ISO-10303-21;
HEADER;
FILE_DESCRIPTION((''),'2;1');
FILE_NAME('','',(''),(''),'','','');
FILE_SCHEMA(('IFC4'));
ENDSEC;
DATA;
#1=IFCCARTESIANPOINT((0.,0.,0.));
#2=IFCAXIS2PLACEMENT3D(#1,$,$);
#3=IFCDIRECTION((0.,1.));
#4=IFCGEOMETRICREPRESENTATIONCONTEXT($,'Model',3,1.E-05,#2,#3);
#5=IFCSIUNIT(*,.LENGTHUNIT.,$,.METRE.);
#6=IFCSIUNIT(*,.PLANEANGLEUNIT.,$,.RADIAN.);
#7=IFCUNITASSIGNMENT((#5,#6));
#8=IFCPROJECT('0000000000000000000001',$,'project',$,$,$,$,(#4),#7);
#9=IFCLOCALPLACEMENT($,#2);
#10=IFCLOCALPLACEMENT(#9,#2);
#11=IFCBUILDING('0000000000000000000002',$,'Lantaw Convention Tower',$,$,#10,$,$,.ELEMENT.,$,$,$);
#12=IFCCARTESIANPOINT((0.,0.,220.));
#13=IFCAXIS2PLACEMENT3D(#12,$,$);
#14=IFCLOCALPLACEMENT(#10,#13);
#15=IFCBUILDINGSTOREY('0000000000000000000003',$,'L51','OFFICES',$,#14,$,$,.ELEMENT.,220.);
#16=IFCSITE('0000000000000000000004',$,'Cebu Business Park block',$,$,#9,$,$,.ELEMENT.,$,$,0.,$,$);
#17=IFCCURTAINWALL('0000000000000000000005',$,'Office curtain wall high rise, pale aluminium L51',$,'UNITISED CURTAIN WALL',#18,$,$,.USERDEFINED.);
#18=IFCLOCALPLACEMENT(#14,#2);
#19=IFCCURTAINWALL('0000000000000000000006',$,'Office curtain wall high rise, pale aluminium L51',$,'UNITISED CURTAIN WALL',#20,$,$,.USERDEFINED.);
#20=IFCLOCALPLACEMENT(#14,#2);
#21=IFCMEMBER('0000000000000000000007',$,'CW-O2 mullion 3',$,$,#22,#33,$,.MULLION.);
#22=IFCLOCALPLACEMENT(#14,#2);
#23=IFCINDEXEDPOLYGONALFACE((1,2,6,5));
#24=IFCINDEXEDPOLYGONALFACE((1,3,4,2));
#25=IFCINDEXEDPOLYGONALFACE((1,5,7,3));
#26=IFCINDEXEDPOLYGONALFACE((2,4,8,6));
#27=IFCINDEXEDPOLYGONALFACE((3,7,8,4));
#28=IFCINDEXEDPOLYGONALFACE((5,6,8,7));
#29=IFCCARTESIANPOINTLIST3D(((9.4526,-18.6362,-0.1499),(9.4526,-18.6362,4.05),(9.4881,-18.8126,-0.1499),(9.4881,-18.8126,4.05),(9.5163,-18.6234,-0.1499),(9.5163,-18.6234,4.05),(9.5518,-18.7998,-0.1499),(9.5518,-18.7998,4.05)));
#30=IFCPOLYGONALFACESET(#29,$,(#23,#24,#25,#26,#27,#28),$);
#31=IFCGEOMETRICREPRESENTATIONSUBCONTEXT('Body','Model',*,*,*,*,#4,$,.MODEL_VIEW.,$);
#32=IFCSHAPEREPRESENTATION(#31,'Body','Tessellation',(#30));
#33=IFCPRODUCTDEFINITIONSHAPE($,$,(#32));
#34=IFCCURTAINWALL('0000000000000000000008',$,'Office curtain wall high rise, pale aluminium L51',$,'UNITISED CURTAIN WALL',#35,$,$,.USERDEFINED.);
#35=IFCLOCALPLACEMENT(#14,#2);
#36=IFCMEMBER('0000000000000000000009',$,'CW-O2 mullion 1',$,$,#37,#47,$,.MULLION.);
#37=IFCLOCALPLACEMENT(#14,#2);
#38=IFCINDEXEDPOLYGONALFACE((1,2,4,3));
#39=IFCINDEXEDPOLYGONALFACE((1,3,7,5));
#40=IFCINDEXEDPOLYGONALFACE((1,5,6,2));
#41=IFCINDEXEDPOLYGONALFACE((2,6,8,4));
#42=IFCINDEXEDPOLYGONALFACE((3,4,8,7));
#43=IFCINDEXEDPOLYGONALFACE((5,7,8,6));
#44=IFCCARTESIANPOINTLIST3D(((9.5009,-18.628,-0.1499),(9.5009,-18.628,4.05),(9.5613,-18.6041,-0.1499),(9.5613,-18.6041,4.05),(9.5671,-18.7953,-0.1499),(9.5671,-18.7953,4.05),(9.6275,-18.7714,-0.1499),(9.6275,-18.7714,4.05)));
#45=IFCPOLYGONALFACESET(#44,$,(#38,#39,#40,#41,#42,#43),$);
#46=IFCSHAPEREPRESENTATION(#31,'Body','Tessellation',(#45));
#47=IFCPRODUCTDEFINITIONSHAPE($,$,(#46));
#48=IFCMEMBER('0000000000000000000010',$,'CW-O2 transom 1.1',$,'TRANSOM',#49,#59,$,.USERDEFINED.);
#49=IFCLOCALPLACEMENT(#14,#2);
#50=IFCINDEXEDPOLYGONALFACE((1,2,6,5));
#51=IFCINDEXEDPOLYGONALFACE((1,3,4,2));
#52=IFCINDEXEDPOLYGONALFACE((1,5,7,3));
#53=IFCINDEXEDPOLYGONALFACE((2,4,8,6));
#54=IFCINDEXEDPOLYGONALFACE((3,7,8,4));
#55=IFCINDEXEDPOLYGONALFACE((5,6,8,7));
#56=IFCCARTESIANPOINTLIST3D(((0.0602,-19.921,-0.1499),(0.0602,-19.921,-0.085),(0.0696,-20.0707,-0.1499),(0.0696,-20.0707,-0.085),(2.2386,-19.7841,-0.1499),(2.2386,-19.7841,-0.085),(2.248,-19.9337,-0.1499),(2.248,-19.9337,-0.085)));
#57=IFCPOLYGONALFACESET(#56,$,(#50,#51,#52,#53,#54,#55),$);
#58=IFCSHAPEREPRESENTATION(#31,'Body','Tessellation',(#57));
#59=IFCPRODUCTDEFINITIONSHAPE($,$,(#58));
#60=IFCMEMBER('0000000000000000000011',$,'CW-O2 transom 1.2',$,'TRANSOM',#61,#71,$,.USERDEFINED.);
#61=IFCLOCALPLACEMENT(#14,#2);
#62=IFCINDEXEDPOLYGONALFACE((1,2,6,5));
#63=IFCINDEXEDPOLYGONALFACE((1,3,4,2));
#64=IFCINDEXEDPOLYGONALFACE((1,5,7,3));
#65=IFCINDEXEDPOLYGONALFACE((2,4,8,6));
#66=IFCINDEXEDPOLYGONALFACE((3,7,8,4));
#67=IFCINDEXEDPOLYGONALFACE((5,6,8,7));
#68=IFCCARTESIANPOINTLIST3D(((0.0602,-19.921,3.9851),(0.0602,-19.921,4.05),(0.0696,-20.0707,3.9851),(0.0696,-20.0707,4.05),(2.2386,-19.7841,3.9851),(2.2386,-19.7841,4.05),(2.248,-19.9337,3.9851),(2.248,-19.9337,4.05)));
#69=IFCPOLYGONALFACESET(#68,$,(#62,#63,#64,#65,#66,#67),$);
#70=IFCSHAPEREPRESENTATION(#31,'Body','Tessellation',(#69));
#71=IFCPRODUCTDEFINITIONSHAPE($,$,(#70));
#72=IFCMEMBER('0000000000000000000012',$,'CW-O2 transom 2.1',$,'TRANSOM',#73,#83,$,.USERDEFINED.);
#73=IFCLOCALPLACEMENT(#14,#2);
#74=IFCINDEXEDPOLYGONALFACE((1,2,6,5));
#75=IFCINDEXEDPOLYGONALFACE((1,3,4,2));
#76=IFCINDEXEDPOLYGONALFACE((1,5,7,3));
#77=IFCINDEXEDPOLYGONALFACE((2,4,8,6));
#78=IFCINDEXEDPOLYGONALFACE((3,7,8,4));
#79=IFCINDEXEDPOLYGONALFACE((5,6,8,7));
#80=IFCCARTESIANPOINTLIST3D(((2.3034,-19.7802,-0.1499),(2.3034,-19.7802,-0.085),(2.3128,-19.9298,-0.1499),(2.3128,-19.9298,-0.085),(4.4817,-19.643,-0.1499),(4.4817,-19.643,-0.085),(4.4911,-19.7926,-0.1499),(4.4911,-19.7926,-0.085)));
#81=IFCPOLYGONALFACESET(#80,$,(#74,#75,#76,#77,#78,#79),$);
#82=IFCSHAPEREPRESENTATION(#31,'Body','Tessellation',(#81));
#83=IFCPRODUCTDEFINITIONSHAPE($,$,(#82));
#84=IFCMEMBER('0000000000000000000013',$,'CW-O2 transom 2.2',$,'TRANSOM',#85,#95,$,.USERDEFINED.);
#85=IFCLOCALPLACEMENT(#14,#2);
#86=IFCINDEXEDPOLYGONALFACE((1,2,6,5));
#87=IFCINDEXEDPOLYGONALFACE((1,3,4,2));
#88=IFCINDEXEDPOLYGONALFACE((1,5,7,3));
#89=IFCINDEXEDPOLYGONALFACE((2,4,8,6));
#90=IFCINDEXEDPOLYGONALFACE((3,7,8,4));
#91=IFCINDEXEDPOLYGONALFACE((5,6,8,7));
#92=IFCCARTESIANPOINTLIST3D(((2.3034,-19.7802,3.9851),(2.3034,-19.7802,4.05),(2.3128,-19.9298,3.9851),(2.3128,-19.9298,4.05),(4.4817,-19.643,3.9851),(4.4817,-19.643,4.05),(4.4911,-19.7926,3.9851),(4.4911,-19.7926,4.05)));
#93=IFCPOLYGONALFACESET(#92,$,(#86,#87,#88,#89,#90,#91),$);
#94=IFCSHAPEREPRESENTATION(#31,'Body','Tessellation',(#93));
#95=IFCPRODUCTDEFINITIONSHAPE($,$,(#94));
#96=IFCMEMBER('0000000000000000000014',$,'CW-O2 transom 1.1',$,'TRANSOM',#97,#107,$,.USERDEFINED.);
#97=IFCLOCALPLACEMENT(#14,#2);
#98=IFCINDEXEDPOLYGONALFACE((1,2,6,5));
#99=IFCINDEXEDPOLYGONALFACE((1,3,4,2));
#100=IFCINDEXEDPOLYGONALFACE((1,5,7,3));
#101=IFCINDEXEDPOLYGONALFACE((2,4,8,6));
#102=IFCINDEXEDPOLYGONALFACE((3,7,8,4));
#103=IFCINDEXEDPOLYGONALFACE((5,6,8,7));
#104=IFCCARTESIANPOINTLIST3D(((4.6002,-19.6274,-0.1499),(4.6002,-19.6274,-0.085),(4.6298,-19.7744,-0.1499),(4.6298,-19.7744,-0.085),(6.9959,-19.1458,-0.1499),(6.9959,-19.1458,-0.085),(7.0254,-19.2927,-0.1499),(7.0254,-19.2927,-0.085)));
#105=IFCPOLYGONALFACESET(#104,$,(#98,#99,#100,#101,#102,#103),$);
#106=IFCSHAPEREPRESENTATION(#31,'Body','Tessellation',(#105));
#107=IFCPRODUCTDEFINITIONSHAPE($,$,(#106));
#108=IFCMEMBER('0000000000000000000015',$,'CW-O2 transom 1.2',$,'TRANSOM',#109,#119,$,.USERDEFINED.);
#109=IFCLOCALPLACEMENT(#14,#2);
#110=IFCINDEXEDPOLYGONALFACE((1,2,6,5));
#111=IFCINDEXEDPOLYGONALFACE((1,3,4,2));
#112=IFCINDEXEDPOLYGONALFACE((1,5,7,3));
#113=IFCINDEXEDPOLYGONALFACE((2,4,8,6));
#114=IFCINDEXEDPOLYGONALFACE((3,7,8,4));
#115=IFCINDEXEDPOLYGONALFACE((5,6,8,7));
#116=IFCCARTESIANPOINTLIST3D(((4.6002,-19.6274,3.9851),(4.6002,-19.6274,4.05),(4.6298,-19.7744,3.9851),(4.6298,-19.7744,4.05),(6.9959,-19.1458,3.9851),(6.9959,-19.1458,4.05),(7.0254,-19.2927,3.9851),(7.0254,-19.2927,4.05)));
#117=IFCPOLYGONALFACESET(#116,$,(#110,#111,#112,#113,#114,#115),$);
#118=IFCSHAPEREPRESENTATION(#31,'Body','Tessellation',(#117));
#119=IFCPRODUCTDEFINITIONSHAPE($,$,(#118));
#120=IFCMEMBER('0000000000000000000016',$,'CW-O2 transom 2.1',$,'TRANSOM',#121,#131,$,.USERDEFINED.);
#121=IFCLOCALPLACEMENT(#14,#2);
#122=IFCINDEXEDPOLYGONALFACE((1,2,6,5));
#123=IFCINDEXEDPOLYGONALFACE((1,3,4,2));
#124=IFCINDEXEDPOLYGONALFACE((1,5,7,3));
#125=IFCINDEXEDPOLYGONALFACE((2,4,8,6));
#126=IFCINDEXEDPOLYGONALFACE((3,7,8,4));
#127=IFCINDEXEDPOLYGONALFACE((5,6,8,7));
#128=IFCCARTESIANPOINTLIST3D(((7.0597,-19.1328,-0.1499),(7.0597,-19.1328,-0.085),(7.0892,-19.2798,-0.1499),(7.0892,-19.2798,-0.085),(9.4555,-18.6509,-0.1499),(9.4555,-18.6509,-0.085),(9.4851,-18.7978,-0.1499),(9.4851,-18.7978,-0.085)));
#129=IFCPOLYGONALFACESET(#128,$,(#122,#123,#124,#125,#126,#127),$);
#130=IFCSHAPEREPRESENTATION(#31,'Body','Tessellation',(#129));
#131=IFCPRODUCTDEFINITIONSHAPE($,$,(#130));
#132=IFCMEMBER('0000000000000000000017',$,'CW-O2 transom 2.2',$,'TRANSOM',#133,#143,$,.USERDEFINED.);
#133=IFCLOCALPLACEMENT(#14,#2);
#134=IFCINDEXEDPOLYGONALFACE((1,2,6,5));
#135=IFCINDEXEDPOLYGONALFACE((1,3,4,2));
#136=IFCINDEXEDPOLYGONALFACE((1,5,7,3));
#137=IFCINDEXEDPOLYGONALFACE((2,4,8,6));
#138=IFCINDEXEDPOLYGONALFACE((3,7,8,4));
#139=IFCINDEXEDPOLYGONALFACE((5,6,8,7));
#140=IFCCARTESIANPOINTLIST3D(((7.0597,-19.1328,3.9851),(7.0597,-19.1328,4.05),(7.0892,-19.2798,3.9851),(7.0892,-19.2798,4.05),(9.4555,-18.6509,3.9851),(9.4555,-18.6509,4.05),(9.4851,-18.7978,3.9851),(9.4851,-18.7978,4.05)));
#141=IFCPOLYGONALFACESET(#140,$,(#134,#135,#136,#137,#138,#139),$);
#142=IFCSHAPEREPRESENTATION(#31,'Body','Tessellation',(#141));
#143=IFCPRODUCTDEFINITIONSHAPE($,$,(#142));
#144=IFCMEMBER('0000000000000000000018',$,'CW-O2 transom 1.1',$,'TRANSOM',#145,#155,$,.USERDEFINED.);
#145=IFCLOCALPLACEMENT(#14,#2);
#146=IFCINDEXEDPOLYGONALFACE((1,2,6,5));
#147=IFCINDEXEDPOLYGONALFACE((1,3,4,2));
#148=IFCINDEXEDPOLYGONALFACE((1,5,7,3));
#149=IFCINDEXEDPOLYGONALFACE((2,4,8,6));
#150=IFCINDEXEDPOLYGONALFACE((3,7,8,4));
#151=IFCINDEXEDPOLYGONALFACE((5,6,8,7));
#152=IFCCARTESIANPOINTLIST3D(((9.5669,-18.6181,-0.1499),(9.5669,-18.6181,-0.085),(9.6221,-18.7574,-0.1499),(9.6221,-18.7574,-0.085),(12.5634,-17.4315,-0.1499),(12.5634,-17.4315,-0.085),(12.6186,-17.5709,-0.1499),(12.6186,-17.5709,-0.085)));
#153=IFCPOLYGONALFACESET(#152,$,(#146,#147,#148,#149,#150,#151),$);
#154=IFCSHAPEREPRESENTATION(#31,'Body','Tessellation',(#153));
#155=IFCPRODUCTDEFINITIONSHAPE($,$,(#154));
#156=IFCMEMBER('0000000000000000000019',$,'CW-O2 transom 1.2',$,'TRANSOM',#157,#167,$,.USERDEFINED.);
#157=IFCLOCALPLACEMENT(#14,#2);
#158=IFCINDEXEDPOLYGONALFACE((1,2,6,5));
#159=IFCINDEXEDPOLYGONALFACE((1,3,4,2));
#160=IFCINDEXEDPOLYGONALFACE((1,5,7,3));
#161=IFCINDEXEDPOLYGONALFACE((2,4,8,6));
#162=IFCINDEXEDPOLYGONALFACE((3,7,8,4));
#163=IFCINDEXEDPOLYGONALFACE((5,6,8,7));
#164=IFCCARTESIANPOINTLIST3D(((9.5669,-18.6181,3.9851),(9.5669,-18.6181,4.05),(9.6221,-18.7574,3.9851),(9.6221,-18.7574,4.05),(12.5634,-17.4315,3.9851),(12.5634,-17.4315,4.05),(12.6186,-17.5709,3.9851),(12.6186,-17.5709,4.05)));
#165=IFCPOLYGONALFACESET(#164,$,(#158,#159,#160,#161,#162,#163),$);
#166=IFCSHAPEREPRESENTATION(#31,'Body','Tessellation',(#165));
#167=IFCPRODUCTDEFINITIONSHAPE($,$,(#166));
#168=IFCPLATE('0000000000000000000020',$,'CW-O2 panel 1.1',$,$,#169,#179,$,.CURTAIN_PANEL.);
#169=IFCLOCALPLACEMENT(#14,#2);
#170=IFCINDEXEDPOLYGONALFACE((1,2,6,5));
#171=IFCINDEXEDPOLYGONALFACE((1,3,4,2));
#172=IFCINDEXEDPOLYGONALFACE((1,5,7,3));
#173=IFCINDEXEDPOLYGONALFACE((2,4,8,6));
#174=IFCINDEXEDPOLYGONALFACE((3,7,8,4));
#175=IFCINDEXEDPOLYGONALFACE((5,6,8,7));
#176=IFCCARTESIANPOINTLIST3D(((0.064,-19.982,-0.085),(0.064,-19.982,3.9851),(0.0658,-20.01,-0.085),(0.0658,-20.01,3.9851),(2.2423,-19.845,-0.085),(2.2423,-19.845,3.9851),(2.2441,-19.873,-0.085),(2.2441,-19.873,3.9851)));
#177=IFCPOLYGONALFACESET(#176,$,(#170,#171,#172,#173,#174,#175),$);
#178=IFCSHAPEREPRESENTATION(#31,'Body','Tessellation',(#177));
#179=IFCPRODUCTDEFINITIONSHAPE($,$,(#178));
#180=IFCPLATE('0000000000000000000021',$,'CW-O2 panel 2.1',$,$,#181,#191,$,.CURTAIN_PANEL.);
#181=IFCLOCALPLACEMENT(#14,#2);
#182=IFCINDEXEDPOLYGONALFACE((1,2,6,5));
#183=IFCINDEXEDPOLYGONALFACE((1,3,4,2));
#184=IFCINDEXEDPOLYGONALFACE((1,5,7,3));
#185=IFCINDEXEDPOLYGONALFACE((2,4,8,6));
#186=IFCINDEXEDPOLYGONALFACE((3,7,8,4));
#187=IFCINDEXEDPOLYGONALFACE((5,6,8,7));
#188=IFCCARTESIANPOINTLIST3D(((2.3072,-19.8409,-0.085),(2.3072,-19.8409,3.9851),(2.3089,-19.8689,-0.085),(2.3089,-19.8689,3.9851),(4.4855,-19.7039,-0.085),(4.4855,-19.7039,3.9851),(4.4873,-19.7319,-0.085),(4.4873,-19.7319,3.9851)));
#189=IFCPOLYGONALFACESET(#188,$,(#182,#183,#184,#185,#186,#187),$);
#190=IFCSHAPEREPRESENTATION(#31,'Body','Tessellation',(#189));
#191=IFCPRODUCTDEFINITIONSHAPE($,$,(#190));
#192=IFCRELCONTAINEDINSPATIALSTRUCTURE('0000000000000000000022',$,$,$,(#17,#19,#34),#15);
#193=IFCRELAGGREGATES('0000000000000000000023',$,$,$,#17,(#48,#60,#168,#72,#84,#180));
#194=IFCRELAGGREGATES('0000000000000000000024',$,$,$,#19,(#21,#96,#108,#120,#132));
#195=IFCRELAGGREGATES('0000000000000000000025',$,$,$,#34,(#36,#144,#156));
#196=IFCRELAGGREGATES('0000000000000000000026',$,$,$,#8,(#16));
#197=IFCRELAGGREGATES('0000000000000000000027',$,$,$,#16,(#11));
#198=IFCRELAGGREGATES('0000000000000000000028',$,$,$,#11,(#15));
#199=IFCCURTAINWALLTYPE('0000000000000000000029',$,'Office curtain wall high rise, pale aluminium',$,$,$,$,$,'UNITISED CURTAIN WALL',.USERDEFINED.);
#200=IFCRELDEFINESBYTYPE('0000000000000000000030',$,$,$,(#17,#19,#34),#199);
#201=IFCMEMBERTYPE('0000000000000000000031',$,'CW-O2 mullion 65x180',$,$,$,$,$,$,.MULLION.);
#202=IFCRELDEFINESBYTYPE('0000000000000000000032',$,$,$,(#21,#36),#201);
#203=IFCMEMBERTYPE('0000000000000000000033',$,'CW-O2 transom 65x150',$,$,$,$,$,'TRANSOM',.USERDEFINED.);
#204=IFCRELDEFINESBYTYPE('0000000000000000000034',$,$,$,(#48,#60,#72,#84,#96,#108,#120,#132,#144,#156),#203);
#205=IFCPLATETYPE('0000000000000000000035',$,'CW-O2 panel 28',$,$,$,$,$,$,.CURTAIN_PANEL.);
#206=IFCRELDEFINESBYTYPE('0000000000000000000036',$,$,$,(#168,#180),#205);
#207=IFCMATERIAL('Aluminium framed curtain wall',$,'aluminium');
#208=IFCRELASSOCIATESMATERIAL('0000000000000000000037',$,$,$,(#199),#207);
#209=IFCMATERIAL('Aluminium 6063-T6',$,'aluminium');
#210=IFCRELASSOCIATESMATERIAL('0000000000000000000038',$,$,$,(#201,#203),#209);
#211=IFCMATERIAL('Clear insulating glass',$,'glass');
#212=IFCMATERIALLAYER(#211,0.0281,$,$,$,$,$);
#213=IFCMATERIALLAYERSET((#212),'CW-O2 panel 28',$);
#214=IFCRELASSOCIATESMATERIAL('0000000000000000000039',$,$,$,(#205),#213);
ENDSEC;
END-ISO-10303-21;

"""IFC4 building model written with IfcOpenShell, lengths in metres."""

from ifc_helpers import new_model, si_unit, direction, frame, origin, origin_2d, place, context, subcontext, project, spatial, rectangle, extrude, material, layer, layer_set, material_profile, profile_set, type_object, element, aggregate, save


model = new_model("IFC4")

# Units and contexts
model_context = context("Model", 3, precision=1e-05, world=origin(), true_north=direction((0.0, 1.0)))
body_context = subcontext(model_context, "Body", "Model", "MODEL_VIEW")
ifc_project = project(units=[si_unit("LENGTHUNIT", "METRE"), si_unit("PLANEANGLEUNIT", "RADIAN")], contexts=[model_context])

# Site, building, storey
site_placement = place(None, origin())
site = spatial("IfcSite", under=ifc_project, at=site_placement, Name="Cebu Business Park block", CompositionType="ELEMENT", RefElevation=0.0)
building_placement = place(site_placement, origin())
building = spatial("IfcBuilding", under=site, at=building_placement, Name="Lantaw Convention Tower", CompositionType="ELEMENT")
storey_placement = place(building_placement, frame((0.0, 0.0, 220.0)))
storey = spatial("IfcBuildingStorey", under=building, at=storey_placement, Name="L51", Description="OFFICES", CompositionType="ELEMENT", Elevation=220.0)

# Curtain walls, member
ifc_material_1 = material(Name="Aluminium framed curtain wall", Category="aluminium")
curtain_wall_type = type_object("IfcCurtainWallType", Name="Office curtain wall high rise, pale aluminium", ElementType="UNITISED CURTAIN WALL", PredefinedType="USERDEFINED", material=ifc_material_1)
curtain_wall_1_placement = place(storey_placement, origin())
curtain_wall_1 = element("IfcCurtainWall", 1, at=curtain_wall_1_placement, inside=storey, type_object=curtain_wall_type, Name="Office curtain wall high rise, pale aluminium L51", ObjectType="UNITISED CURTAIN WALL", PredefinedType="USERDEFINED")
ifc_material_2 = material(Name="Aluminium 6063-T6", Category="aluminium")
ifc_material_profile_1 = material_profile(ifc_material_2, rectangle(XDim=0.1799, YDim=0.0649, at=origin_2d()), Name="CW-O2 mullion 65x180")
ifc_profile_set_1 = profile_set([ifc_material_profile_1], Name="Aluminium 6063-T6")
member_type_1 = type_object("IfcMemberType", Name="CW-O2 mullion 65x180", PredefinedType="MULLION", material=ifc_profile_set_1)
curtain_wall_2_placement = place(storey_placement, origin())
curtain_wall_2 = element("IfcCurtainWall", 2, at=curtain_wall_2_placement, inside=storey, type_object=curtain_wall_type, Name="Office curtain wall high rise, pale aluminium L51", ObjectType="UNITISED CURTAIN WALL", PredefinedType="USERDEFINED")
member_1_placement = place(storey_placement, frame((9.5022, -18.718, -0.1499), z_axis=(0.0, 0.0, 1.0), x_axis=(-0.197183, 0.980367, 0.0)))
member_1 = element("IfcMember", 3, at=member_1_placement, type_object=member_type_1, Name="CW-O2 mullion 3", PredefinedType="MULLION", context=body_context, shape_type="SweptSolid", body=[
    extrude(rectangle(XDim=0.1799, YDim=0.0649, at=origin_2d()), origin(), (0.0, 0.0, 1.0), 4.2),
])

# Curtain wall, member
curtain_wall_3_placement = place(storey_placement, origin())
curtain_wall_3 = element("IfcCurtainWall", 4, at=curtain_wall_3_placement, inside=storey, type_object=curtain_wall_type, Name="Office curtain wall high rise, pale aluminium L51", ObjectType="UNITISED CURTAIN WALL", PredefinedType="USERDEFINED")
member_2_placement = place(storey_placement, frame((9.5642, -18.6997, -0.1499), z_axis=(0.0, 0.0, 1.0), x_axis=(-0.368162, 0.929762, 0.0)))
member_2 = element("IfcMember", 5, at=member_2_placement, type_object=member_type_1, Name="CW-O2 mullion 1", PredefinedType="MULLION", context=body_context, shape_type="SweptSolid", body=[
    extrude(rectangle(XDim=0.1799, YDim=0.0649, at=origin_2d()), origin(), (0.0, 0.0, 1.0), 4.2),
])

# Members
ifc_material_profile_2 = material_profile(ifc_material_2, rectangle(XDim=0.1499, YDim=0.0649, at=origin_2d()), Name="CW-O2 transom 65x150")
ifc_profile_set_2 = profile_set([ifc_material_profile_2], Name="Aluminium 6063-T6")
member_type_2 = type_object("IfcMemberType", Name="CW-O2 transom 65x150", ElementType="TRANSOM", PredefinedType="USERDEFINED", material=ifc_profile_set_2)
member_3_placement = place(storey_placement, frame((0.0649, -19.9958, -0.1174), z_axis=(0.998029, 0.062754, 0.0), x_axis=(-0.062754, 0.998029, 0.0)))
member_3 = element("IfcMember", 6, at=member_3_placement, type_object=member_type_2, Name="CW-O2 transom 1.1", ObjectType="TRANSOM", PredefinedType="USERDEFINED", context=body_context, shape_type="SweptSolid", body=[
    extrude(rectangle(XDim=0.1499, YDim=0.0649, at=origin_2d()), origin(), (0.0, 0.0, 1.0), 2.1826),
])
member_4_placement = place(storey_placement, frame((0.0649, -19.9958, 4.0176), z_axis=(0.998029, 0.062754, 0.0), x_axis=(-0.062754, 0.998029, 0.0)))
member_4 = element("IfcMember", 7, at=member_4_placement, type_object=member_type_2, Name="CW-O2 transom 1.2", ObjectType="TRANSOM", PredefinedType="USERDEFINED", context=body_context, shape_type="SweptSolid", body=[
    extrude(rectangle(XDim=0.1499, YDim=0.0649, at=origin_2d()), origin(), (0.0, 0.0, 1.0), 2.1826),
])
member_5_placement = place(storey_placement, frame((2.3081, -19.855, -0.1174), z_axis=(0.998022, 0.062866, 0.0), x_axis=(-0.062866, 0.998022, 0.0)))
member_5 = element("IfcMember", 8, at=member_5_placement, type_object=member_type_2, Name="CW-O2 transom 2.1", ObjectType="TRANSOM", PredefinedType="USERDEFINED", context=body_context, shape_type="SweptSolid", body=[
    extrude(rectangle(XDim=0.1499, YDim=0.0649, at=origin_2d()), origin(), (0.0, 0.0, 1.0), 2.1826),
])
member_6_placement = place(storey_placement, frame((2.3081, -19.855, 4.0176), z_axis=(0.998022, 0.062866, 0.0), x_axis=(-0.062866, 0.998022, 0.0)))
member_6 = element("IfcMember", 9, at=member_6_placement, type_object=member_type_2, Name="CW-O2 transom 2.2", ObjectType="TRANSOM", PredefinedType="USERDEFINED", context=body_context, shape_type="SweptSolid", body=[
    extrude(rectangle(XDim=0.1499, YDim=0.0649, at=origin_2d()), origin(), (0.0, 0.0, 1.0), 2.1826),
])
member_7_placement = place(storey_placement, frame((4.615, -19.7009, -0.1174), z_axis=(0.98038, 0.197115, 0.0), x_axis=(-0.197115, 0.98038, 0.0)))
member_7 = element("IfcMember", 10, at=member_7_placement, type_object=member_type_2, Name="CW-O2 transom 1.1", ObjectType="TRANSOM", PredefinedType="USERDEFINED", context=body_context, shape_type="SweptSolid", body=[
    extrude(rectangle(XDim=0.1499, YDim=0.0649, at=origin_2d()), origin(), (0.0, 0.0, 1.0), 2.4436),
])
member_8_placement = place(storey_placement, frame((4.615, -19.7009, 4.0176), z_axis=(0.98038, 0.197115, 0.0), x_axis=(-0.197115, 0.98038, 0.0)))
member_8 = element("IfcMember", 11, at=member_8_placement, type_object=member_type_2, Name="CW-O2 transom 1.2", ObjectType="TRANSOM", PredefinedType="USERDEFINED", context=body_context, shape_type="SweptSolid", body=[
    extrude(rectangle(XDim=0.1499, YDim=0.0649, at=origin_2d()), origin(), (0.0, 0.0, 1.0), 2.4436),
])
member_9_placement = place(storey_placement, frame((7.0745, -19.2063, -0.1174), z_axis=(0.980361, 0.197211, 0.0), x_axis=(-0.197211, 0.980361, 0.0)))
member_9 = element("IfcMember", 12, at=member_9_placement, type_object=member_type_2, Name="CW-O2 transom 2.1", ObjectType="TRANSOM", PredefinedType="USERDEFINED", context=body_context, shape_type="SweptSolid", body=[
    extrude(rectangle(XDim=0.1499, YDim=0.0649, at=origin_2d()), origin(), (0.0, 0.0, 1.0), 2.4438),
])
member_10_placement = place(storey_placement, frame((7.0745, -19.2063, 4.0176), z_axis=(0.980361, 0.197211, 0.0), x_axis=(-0.197211, 0.980361, 0.0)))
member_10 = element("IfcMember", 13, at=member_10_placement, type_object=member_type_2, Name="CW-O2 transom 2.2", ObjectType="TRANSOM", PredefinedType="USERDEFINED", context=body_context, shape_type="SweptSolid", body=[
    extrude(rectangle(XDim=0.1499, YDim=0.0649, at=origin_2d()), origin(), (0.0, 0.0, 1.0), 2.4438),
])
member_11_placement = place(storey_placement, frame((9.5945, -18.6877, -0.1174), z_axis=(0.929767, 0.368149, 0.0), x_axis=(-0.368149, 0.929767, 0.0)))
member_11 = element("IfcMember", 14, at=member_11_placement, type_object=member_type_2, Name="CW-O2 transom 1.1", ObjectType="TRANSOM", PredefinedType="USERDEFINED", context=body_context, shape_type="SweptSolid", body=[
    extrude(rectangle(XDim=0.1499, YDim=0.0649, at=origin_2d()), origin(), (0.0, 0.0, 1.0), 3.2229),
])
member_12_placement = place(storey_placement, frame((9.5945, -18.6877, 4.0176), z_axis=(0.929767, 0.368149, 0.0), x_axis=(-0.368149, 0.929767, 0.0)))
member_12 = element("IfcMember", 15, at=member_12_placement, type_object=member_type_2, Name="CW-O2 transom 1.2", ObjectType="TRANSOM", PredefinedType="USERDEFINED", context=body_context, shape_type="SweptSolid", body=[
    extrude(rectangle(XDim=0.1499, YDim=0.0649, at=origin_2d()), origin(), (0.0, 0.0, 1.0), 3.2229),
])

# Plates
ifc_material_3 = material(Name="Clear insulating glass", Category="glass")
ifc_layer_1 = layer(ifc_material_3, 0.0281)
ifc_layer_set_1 = layer_set([ifc_layer_1], Name="CW-O2 panel 28")
plate_type_1 = type_object("IfcPlateType", Name="CW-O2 panel 28", PredefinedType="CURTAIN_PANEL", material=ifc_layer_set_1)
plate_1_placement = place(storey_placement, frame((1.1541, -19.9275, -0.085), z_axis=(0.0, 0.0, 1.0), x_axis=(0.998029, 0.062758, 0.0)))
plate_1 = element("IfcPlate", 16, at=plate_1_placement, type_object=plate_type_1, Name="CW-O2 panel 1.1", PredefinedType="CURTAIN_PANEL", context=body_context, shape_type="SweptSolid", body=[
    extrude(rectangle(XDim=2.1826, YDim=0.0281, at=origin_2d()), origin(), (0.0, 0.0, 1.0), 4.0701),
])
plate_2_placement = place(storey_placement, frame((3.3972, -19.7864, -0.085), z_axis=(0.0, 0.0, 1.0), x_axis=(0.998029, 0.062758, 0.0)))
plate_2 = element("IfcPlate", 17, at=plate_2_placement, type_object=plate_type_1, Name="CW-O2 panel 2.1", PredefinedType="CURTAIN_PANEL", context=body_context, shape_type="SweptSolid", body=[
    extrude(rectangle(XDim=2.1826, YDim=0.0281, at=origin_2d()), origin(), (0.0, 0.0, 1.0), 4.0701),
])
aggregate(curtain_wall_1, [member_3, member_4, plate_1, member_5, member_6, plate_2])
aggregate(curtain_wall_2, [member_1, member_7, member_8, member_9, member_10])
aggregate(curtain_wall_3, [member_2, member_11, member_12])

save(model, "model.ifc")
